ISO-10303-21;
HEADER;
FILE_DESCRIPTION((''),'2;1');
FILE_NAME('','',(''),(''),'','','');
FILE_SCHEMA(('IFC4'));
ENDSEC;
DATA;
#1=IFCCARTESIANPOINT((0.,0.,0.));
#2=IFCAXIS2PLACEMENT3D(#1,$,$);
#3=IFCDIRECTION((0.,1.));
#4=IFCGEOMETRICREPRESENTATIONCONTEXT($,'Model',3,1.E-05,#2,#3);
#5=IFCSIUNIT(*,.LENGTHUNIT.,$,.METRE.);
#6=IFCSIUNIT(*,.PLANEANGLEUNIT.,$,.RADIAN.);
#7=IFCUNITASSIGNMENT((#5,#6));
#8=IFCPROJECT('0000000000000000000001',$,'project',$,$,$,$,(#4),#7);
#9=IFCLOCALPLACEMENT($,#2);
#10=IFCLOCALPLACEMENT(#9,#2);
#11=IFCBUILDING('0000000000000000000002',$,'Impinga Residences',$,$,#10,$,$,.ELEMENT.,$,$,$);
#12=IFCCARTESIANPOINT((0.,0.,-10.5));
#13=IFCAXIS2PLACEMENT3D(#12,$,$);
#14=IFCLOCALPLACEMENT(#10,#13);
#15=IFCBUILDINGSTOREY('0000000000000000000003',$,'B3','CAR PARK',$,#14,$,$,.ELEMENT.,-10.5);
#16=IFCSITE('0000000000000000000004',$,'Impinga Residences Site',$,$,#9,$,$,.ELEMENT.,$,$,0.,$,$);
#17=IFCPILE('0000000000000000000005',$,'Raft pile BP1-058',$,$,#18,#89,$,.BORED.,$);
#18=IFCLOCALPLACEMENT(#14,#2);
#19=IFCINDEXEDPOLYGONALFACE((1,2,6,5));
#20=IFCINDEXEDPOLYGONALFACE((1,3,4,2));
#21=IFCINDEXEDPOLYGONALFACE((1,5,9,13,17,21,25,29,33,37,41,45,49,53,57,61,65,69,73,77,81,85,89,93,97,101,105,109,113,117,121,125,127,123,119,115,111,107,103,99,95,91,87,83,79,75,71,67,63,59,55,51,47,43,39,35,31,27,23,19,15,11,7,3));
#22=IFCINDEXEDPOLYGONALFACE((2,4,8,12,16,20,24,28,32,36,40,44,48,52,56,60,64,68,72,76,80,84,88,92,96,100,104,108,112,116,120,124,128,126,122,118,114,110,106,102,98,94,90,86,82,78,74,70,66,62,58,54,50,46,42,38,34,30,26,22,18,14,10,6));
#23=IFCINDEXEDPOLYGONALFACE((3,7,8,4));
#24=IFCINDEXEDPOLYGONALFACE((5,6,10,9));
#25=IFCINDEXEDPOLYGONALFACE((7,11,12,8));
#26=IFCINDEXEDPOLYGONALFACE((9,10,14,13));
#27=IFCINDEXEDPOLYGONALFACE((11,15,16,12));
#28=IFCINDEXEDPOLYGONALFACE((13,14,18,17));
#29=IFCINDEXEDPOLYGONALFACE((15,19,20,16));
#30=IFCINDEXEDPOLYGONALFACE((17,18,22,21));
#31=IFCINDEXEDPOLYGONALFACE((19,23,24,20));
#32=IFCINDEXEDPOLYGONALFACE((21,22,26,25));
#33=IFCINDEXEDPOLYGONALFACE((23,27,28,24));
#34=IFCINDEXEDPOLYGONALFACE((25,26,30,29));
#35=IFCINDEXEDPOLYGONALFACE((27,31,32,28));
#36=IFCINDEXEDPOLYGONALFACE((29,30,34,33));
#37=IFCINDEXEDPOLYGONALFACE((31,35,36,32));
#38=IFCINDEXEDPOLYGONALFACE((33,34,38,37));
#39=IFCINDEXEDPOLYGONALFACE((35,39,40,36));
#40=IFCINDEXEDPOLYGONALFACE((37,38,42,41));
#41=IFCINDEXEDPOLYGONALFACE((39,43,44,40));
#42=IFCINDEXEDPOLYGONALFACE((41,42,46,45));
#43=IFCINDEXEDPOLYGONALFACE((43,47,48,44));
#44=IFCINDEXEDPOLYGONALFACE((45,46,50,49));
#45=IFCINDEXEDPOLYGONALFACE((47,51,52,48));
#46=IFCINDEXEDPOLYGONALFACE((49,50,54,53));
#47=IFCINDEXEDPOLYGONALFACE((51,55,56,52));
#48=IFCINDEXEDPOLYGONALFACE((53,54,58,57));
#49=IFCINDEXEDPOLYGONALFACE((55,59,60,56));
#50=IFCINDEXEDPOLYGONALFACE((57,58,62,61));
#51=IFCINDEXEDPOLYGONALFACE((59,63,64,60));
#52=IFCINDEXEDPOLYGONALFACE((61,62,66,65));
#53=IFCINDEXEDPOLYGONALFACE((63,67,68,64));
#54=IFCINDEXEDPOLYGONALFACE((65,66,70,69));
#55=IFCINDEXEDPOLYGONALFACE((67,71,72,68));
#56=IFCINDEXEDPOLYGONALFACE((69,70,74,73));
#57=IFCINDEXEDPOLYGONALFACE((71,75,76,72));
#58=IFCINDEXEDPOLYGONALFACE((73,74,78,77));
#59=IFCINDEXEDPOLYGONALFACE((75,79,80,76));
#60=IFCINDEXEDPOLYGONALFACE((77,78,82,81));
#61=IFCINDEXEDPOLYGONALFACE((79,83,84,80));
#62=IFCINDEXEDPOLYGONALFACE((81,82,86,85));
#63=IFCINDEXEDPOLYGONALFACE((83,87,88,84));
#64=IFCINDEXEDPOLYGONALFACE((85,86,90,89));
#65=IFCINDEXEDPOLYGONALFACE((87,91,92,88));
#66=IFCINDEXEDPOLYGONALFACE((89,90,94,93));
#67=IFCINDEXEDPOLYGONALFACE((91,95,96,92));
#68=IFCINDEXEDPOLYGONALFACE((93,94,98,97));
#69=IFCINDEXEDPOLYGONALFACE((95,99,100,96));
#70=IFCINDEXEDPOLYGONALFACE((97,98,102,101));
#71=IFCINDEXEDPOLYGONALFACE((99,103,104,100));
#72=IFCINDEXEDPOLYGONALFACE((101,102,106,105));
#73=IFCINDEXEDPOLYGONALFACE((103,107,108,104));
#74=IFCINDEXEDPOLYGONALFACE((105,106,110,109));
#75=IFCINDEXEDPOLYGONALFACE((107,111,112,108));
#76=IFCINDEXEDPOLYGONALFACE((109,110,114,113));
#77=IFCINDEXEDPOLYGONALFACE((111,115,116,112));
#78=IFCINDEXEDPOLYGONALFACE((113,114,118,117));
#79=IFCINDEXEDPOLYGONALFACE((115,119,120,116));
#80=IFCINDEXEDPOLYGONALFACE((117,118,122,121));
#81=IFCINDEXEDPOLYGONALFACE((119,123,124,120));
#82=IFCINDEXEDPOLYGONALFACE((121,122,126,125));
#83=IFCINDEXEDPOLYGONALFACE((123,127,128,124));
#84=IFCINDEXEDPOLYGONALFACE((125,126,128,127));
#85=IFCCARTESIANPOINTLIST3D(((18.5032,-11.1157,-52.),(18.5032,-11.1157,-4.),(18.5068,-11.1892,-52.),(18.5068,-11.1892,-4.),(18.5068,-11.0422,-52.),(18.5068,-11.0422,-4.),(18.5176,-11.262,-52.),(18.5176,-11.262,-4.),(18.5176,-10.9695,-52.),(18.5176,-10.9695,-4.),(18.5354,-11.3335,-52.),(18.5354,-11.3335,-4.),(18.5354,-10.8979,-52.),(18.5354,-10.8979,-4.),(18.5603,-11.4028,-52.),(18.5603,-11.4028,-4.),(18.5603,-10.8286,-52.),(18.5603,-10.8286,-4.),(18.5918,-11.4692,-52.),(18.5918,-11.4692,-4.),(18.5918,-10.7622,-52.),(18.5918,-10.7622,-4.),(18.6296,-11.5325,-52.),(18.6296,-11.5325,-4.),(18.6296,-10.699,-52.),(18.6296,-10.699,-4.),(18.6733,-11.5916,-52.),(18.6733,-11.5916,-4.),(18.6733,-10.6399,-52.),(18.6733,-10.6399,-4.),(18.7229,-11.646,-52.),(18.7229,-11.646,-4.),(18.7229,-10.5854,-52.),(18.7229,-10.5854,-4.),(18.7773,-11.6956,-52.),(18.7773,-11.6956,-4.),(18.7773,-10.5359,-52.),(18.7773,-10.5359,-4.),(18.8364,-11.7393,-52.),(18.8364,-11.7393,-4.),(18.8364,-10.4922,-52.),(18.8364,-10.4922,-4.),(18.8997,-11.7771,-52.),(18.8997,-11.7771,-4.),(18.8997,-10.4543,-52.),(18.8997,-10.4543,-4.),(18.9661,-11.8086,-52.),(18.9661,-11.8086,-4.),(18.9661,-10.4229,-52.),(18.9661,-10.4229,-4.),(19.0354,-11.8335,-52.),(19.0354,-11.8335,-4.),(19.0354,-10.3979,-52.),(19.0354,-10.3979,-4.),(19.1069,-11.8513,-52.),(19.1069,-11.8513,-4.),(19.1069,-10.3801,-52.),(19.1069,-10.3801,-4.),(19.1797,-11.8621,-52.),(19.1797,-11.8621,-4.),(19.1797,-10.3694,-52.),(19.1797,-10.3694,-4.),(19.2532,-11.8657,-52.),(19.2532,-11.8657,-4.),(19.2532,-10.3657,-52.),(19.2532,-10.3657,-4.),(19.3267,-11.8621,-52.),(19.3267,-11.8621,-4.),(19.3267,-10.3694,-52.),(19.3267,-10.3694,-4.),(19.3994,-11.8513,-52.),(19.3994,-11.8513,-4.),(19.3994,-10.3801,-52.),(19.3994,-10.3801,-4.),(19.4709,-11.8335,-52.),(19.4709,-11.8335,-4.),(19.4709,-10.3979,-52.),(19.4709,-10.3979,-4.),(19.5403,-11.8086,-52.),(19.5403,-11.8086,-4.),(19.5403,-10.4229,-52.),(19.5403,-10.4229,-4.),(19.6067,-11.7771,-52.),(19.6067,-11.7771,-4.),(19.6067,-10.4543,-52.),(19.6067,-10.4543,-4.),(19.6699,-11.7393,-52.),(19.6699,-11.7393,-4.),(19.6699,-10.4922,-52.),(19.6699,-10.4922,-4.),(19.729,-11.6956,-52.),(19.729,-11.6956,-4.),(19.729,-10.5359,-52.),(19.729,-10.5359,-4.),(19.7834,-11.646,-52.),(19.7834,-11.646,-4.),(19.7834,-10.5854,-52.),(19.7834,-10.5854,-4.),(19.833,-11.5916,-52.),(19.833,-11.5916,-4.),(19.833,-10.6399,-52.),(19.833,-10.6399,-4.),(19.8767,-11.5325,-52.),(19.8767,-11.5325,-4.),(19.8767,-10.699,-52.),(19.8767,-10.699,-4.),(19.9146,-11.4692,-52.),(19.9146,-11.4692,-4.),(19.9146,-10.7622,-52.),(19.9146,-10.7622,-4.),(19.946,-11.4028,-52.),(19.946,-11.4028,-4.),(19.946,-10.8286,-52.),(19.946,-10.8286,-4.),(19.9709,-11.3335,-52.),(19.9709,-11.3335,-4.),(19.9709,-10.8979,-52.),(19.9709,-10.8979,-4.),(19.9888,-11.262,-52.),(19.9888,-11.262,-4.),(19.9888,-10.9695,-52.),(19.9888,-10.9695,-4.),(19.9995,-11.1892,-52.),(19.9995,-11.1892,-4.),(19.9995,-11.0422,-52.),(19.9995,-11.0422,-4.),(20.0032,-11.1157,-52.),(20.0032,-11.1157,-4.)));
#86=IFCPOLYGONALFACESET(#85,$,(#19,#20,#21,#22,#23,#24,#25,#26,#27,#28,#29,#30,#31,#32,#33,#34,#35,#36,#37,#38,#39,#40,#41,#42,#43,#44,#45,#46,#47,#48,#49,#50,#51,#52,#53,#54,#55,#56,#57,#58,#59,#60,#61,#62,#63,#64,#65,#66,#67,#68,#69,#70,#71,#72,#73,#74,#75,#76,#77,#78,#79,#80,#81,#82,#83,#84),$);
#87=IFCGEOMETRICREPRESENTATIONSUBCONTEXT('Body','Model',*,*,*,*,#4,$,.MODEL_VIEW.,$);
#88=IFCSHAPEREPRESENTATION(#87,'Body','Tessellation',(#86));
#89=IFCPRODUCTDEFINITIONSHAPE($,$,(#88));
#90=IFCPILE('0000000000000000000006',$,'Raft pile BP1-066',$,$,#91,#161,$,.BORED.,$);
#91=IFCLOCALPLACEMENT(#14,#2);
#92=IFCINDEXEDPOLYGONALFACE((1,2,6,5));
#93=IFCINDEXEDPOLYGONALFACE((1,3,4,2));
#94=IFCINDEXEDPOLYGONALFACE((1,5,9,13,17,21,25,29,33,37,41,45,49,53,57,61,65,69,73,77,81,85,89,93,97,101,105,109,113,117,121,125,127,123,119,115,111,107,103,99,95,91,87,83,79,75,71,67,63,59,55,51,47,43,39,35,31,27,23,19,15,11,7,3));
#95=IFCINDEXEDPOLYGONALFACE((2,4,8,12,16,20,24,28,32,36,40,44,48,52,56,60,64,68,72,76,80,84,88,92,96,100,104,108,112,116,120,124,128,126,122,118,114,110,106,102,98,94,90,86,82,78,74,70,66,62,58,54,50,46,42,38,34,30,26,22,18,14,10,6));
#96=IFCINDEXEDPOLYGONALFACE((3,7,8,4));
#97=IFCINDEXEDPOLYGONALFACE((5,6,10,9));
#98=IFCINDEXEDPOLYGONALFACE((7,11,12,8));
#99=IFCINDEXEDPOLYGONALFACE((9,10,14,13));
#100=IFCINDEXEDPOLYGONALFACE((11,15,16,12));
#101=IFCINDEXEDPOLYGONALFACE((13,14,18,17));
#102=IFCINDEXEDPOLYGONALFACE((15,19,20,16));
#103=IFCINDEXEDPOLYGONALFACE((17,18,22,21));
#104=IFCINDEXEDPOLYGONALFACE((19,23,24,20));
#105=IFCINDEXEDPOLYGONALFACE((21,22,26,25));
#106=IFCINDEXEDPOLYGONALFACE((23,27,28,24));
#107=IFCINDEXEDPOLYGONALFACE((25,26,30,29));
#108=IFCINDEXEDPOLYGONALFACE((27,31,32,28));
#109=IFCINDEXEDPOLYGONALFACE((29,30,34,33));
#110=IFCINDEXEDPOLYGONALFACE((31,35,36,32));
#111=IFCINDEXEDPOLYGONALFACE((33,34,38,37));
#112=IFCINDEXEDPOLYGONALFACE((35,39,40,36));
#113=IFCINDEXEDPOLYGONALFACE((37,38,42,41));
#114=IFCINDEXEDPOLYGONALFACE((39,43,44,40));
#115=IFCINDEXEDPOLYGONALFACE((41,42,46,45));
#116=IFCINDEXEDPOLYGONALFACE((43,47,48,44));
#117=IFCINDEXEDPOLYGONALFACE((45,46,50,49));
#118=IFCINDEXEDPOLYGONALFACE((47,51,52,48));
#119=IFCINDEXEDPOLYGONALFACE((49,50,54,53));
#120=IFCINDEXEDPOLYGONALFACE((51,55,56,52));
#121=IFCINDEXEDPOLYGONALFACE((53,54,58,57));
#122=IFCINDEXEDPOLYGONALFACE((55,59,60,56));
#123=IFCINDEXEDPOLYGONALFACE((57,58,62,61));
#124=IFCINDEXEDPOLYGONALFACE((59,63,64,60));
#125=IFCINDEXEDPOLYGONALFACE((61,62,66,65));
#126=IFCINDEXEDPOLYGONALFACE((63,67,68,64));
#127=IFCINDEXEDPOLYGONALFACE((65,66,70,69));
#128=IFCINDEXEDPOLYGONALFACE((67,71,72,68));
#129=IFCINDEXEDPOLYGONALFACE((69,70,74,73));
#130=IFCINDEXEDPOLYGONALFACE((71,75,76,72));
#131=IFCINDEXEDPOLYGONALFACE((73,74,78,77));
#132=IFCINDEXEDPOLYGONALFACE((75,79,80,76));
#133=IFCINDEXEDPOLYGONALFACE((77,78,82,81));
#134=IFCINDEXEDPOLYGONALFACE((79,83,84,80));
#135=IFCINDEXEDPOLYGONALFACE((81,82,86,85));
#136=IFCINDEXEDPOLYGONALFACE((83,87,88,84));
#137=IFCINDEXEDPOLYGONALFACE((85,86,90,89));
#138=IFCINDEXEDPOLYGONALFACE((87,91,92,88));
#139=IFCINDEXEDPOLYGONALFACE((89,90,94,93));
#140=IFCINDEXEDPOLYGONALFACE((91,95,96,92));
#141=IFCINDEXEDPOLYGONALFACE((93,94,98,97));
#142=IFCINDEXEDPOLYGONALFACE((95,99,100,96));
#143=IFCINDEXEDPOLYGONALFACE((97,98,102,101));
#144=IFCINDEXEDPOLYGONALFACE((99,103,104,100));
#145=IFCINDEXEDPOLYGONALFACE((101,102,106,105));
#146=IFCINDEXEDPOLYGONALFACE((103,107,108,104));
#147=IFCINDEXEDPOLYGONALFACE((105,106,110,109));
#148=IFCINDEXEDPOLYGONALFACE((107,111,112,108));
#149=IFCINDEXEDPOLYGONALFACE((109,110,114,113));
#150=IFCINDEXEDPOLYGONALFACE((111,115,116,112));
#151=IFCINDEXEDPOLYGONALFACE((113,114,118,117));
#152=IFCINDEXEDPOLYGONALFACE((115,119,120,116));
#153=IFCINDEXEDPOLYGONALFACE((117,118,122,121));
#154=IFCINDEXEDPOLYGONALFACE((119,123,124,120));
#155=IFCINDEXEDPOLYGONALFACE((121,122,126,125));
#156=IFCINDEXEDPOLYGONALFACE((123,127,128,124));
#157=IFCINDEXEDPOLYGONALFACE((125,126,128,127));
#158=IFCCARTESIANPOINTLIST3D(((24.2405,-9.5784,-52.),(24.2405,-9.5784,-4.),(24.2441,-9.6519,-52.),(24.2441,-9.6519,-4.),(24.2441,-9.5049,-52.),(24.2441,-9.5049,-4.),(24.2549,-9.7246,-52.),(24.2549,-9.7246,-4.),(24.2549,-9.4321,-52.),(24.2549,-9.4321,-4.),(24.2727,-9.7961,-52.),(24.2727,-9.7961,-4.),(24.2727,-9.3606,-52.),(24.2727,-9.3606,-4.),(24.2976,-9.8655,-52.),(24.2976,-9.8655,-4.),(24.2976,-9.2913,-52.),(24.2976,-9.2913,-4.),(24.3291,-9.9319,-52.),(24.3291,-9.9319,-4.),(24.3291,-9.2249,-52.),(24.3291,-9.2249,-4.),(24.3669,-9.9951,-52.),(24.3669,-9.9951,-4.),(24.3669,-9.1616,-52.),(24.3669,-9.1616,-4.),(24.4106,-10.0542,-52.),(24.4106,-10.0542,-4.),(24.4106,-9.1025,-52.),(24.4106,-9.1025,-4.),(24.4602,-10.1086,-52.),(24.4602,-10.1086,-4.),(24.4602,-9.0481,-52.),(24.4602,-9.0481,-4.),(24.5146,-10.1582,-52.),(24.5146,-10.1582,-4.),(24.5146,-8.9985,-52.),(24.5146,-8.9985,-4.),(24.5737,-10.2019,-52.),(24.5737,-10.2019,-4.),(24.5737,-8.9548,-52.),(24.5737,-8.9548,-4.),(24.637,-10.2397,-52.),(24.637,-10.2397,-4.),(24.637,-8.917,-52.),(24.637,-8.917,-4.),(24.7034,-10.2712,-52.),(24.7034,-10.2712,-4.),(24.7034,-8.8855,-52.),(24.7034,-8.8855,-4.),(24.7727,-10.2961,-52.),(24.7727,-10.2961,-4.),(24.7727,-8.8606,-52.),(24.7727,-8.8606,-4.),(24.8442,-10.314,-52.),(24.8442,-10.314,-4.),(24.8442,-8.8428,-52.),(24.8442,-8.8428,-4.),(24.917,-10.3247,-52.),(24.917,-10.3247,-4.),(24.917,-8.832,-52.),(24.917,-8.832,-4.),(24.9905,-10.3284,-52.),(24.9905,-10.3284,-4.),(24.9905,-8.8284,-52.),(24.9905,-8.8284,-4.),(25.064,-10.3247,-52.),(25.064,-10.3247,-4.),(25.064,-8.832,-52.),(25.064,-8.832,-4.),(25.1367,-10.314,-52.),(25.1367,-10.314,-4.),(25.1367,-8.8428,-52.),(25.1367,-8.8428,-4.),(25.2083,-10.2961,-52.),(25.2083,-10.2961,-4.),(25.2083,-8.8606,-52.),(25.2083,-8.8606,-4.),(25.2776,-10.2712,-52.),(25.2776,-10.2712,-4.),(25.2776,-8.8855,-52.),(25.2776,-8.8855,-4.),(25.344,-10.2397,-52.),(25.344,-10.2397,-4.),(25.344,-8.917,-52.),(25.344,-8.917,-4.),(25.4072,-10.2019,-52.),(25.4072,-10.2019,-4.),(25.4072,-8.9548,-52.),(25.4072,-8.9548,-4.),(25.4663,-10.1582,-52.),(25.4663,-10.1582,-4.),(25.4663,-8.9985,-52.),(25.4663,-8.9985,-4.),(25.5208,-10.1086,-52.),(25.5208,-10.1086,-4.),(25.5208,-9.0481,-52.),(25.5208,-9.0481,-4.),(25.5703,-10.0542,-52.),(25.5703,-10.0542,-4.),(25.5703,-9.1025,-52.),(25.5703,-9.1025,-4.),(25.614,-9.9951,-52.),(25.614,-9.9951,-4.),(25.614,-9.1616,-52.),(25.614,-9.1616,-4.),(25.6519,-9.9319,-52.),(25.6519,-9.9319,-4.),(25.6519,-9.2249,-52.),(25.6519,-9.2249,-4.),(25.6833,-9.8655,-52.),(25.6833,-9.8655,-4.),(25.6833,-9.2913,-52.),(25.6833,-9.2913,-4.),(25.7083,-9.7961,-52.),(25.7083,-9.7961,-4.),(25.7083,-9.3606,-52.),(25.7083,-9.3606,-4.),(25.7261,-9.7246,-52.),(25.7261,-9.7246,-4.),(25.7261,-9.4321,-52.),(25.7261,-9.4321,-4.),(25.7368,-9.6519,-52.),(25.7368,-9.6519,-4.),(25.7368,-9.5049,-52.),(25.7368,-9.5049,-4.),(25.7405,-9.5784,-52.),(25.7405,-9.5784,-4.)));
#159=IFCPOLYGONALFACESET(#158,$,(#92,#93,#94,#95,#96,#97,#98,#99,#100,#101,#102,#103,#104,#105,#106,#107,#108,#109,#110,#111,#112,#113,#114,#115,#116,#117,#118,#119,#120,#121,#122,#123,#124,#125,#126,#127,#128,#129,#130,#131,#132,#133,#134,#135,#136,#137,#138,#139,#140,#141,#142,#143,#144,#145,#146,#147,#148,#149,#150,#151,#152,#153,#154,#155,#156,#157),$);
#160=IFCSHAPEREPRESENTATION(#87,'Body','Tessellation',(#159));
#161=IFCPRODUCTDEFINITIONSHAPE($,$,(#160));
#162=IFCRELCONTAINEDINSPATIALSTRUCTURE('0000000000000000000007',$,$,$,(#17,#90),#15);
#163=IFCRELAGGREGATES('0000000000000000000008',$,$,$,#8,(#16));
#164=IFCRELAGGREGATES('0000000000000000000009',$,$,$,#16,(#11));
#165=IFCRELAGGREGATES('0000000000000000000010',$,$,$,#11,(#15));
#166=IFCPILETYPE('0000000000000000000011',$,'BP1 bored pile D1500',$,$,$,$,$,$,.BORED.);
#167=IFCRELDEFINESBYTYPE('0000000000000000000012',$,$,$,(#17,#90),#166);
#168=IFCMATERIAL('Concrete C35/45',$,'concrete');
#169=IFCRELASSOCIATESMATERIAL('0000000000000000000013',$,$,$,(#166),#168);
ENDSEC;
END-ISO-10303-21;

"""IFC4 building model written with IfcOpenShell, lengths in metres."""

from ifc_helpers import new_model, si_unit, direction, frame, origin, origin_2d, place, context, subcontext, project, spatial, polyline, circle, outline, extrude, material, material_profile, profile_set, type_object, element, save


model = new_model("IFC4")

# Units and contexts
model_context = context("Model", 3, precision=1e-05, world=origin(), true_north=direction((0.0, 1.0)))
body_context = subcontext(model_context, "Body", "Model", "MODEL_VIEW")
ifc_project = project(units=[si_unit("LENGTHUNIT", "METRE"), si_unit("PLANEANGLEUNIT", "RADIAN")], contexts=[model_context])

# Site, building, storey
site_placement = place(None, origin())
site = spatial("IfcSite", under=ifc_project, at=site_placement, Name="Impinga Residences Site", CompositionType="ELEMENT", RefElevation=0.0)
building_placement = place(site_placement, origin())
building = spatial("IfcBuilding", under=site, at=building_placement, Name="Impinga Residences", CompositionType="ELEMENT")
storey_placement = place(building_placement, frame((0.0, 0.0, -10.5)))
storey = spatial("IfcBuildingStorey", under=building, at=storey_placement, Name="B3", Description="CAR PARK", CompositionType="ELEMENT", Elevation=-10.5)

# Piles
ifc_material_1 = material(Name="Concrete C35/45", Category="concrete")
ifc_material_profile_1 = material_profile(ifc_material_1, circle(Radius=0.75, at=origin_2d()), Name="D1500")
ifc_profile_set_1 = profile_set([ifc_material_profile_1], Name="Concrete C35/45")
pile_type = type_object("IfcPileType", Name="BP1 bored pile D1500", PredefinedType="BORED", material=ifc_profile_set_1)
pile_1_placement = place(storey_placement, frame((19.2532, -11.1157, -4.0), z_axis=(0.0, 0.0, -1.0), x_axis=(1.0, 0.0, 0.0)))
element("IfcPile", 1, at=pile_1_placement, inside=storey, type_object=pile_type, Name="Raft pile BP1-058", PredefinedType="BORED", context=body_context, shape_type="SweptSolid", body=[
    extrude(outline(polyline([(0.75, 0.0), (0.7463, 0.0735), (0.7356, 0.1462), (0.7178, 0.2178), (0.6929, 0.2871), (0.6614, 0.3535), (0.6235, 0.4167), (0.5798, 0.4758), (0.5303, 0.5303), (0.4758, 0.5798), (0.4167, 0.6235), (0.3535, 0.6614), (0.2871, 0.6929), (0.2178, 0.7178), (0.1462, 0.7356), (0.0735, 0.7463), (0.0, 0.75), (-0.0735, 0.7463), (-0.1462, 0.7356), (-0.2178, 0.7178), (-0.2871, 0.6929), (-0.3535, 0.6614), (-0.4167, 0.6235), (-0.4758, 0.5798), (-0.5303, 0.5303), (-0.5798, 0.4758), (-0.6235, 0.4167), (-0.6614, 0.3535), (-0.6929, 0.2871), (-0.7178, 0.2178), (-0.7356, 0.1462), (-0.7463, 0.0735), (-0.75, 0.0), (-0.7463, -0.0735), (-0.7356, -0.1462), (-0.7178, -0.2178), (-0.6929, -0.2871), (-0.6614, -0.3535), (-0.6235, -0.4167), (-0.5798, -0.4758), (-0.5303, -0.5303), (-0.4758, -0.5798), (-0.4167, -0.6235), (-0.3535, -0.6614), (-0.2871, -0.6929), (-0.2178, -0.7178), (-0.1462, -0.7356), (-0.0735, -0.7463), (0.0, -0.75), (0.0735, -0.7463), (0.1462, -0.7356), (0.2178, -0.7178), (0.2871, -0.6929), (0.3535, -0.6614), (0.4167, -0.6235), (0.4758, -0.5798), (0.5303, -0.5303), (0.5798, -0.4758), (0.6235, -0.4167), (0.6614, -0.3535), (0.6929, -0.2871), (0.7178, -0.2178), (0.7356, -0.1462), (0.7463, -0.0735), (0.75, 0.0)])), origin(), (0.0, 0.0, 1.0), 48.0),
])
pile_2_placement = place(storey_placement, frame((24.9905, -9.5784, -4.0), z_axis=(0.0, 0.0, -1.0), x_axis=(1.0, 0.0, 0.0)))
element("IfcPile", 2, at=pile_2_placement, inside=storey, type_object=pile_type, Name="Raft pile BP1-066", PredefinedType="BORED", context=body_context, shape_type="SweptSolid", body=[
    extrude(outline(polyline([(0.75, 0.0), (0.7463, 0.0735), (0.7356, 0.1462), (0.7178, 0.2178), (0.6929, 0.2871), (0.6614, 0.3535), (0.6235, 0.4167), (0.5798, 0.4758), (0.5303, 0.5303), (0.4758, 0.5798), (0.4167, 0.6235), (0.3535, 0.6614), (0.2871, 0.6929), (0.2178, 0.7178), (0.1462, 0.7356), (0.0735, 0.7463), (0.0, 0.75), (-0.0735, 0.7463), (-0.1462, 0.7356), (-0.2178, 0.7178), (-0.2871, 0.6929), (-0.3535, 0.6614), (-0.4167, 0.6235), (-0.4758, 0.5798), (-0.5303, 0.5303), (-0.5798, 0.4758), (-0.6235, 0.4167), (-0.6614, 0.3535), (-0.6929, 0.2871), (-0.7178, 0.2178), (-0.7356, 0.1462), (-0.7463, 0.0735), (-0.75, 0.0), (-0.7463, -0.0735), (-0.7356, -0.1462), (-0.7178, -0.2178), (-0.6929, -0.2871), (-0.6614, -0.3535), (-0.6235, -0.4167), (-0.5798, -0.4758), (-0.5303, -0.5303), (-0.4758, -0.5798), (-0.4167, -0.6235), (-0.3535, -0.6614), (-0.2871, -0.6929), (-0.2178, -0.7178), (-0.1462, -0.7356), (-0.0735, -0.7463), (0.0, -0.75), (0.0735, -0.7463), (0.1462, -0.7356), (0.2178, -0.7178), (0.2871, -0.6929), (0.3535, -0.6614), (0.4167, -0.6235), (0.4758, -0.5798), (0.5303, -0.5303), (0.5798, -0.4758), (0.6235, -0.4167), (0.6614, -0.3535), (0.6929, -0.2871), (0.7178, -0.2178), (0.7356, -0.1462), (0.7463, -0.0735), (0.75, 0.0)])), origin(), (0.0, 0.0, 1.0), 48.0),
])

save(model, "model.ifc")
